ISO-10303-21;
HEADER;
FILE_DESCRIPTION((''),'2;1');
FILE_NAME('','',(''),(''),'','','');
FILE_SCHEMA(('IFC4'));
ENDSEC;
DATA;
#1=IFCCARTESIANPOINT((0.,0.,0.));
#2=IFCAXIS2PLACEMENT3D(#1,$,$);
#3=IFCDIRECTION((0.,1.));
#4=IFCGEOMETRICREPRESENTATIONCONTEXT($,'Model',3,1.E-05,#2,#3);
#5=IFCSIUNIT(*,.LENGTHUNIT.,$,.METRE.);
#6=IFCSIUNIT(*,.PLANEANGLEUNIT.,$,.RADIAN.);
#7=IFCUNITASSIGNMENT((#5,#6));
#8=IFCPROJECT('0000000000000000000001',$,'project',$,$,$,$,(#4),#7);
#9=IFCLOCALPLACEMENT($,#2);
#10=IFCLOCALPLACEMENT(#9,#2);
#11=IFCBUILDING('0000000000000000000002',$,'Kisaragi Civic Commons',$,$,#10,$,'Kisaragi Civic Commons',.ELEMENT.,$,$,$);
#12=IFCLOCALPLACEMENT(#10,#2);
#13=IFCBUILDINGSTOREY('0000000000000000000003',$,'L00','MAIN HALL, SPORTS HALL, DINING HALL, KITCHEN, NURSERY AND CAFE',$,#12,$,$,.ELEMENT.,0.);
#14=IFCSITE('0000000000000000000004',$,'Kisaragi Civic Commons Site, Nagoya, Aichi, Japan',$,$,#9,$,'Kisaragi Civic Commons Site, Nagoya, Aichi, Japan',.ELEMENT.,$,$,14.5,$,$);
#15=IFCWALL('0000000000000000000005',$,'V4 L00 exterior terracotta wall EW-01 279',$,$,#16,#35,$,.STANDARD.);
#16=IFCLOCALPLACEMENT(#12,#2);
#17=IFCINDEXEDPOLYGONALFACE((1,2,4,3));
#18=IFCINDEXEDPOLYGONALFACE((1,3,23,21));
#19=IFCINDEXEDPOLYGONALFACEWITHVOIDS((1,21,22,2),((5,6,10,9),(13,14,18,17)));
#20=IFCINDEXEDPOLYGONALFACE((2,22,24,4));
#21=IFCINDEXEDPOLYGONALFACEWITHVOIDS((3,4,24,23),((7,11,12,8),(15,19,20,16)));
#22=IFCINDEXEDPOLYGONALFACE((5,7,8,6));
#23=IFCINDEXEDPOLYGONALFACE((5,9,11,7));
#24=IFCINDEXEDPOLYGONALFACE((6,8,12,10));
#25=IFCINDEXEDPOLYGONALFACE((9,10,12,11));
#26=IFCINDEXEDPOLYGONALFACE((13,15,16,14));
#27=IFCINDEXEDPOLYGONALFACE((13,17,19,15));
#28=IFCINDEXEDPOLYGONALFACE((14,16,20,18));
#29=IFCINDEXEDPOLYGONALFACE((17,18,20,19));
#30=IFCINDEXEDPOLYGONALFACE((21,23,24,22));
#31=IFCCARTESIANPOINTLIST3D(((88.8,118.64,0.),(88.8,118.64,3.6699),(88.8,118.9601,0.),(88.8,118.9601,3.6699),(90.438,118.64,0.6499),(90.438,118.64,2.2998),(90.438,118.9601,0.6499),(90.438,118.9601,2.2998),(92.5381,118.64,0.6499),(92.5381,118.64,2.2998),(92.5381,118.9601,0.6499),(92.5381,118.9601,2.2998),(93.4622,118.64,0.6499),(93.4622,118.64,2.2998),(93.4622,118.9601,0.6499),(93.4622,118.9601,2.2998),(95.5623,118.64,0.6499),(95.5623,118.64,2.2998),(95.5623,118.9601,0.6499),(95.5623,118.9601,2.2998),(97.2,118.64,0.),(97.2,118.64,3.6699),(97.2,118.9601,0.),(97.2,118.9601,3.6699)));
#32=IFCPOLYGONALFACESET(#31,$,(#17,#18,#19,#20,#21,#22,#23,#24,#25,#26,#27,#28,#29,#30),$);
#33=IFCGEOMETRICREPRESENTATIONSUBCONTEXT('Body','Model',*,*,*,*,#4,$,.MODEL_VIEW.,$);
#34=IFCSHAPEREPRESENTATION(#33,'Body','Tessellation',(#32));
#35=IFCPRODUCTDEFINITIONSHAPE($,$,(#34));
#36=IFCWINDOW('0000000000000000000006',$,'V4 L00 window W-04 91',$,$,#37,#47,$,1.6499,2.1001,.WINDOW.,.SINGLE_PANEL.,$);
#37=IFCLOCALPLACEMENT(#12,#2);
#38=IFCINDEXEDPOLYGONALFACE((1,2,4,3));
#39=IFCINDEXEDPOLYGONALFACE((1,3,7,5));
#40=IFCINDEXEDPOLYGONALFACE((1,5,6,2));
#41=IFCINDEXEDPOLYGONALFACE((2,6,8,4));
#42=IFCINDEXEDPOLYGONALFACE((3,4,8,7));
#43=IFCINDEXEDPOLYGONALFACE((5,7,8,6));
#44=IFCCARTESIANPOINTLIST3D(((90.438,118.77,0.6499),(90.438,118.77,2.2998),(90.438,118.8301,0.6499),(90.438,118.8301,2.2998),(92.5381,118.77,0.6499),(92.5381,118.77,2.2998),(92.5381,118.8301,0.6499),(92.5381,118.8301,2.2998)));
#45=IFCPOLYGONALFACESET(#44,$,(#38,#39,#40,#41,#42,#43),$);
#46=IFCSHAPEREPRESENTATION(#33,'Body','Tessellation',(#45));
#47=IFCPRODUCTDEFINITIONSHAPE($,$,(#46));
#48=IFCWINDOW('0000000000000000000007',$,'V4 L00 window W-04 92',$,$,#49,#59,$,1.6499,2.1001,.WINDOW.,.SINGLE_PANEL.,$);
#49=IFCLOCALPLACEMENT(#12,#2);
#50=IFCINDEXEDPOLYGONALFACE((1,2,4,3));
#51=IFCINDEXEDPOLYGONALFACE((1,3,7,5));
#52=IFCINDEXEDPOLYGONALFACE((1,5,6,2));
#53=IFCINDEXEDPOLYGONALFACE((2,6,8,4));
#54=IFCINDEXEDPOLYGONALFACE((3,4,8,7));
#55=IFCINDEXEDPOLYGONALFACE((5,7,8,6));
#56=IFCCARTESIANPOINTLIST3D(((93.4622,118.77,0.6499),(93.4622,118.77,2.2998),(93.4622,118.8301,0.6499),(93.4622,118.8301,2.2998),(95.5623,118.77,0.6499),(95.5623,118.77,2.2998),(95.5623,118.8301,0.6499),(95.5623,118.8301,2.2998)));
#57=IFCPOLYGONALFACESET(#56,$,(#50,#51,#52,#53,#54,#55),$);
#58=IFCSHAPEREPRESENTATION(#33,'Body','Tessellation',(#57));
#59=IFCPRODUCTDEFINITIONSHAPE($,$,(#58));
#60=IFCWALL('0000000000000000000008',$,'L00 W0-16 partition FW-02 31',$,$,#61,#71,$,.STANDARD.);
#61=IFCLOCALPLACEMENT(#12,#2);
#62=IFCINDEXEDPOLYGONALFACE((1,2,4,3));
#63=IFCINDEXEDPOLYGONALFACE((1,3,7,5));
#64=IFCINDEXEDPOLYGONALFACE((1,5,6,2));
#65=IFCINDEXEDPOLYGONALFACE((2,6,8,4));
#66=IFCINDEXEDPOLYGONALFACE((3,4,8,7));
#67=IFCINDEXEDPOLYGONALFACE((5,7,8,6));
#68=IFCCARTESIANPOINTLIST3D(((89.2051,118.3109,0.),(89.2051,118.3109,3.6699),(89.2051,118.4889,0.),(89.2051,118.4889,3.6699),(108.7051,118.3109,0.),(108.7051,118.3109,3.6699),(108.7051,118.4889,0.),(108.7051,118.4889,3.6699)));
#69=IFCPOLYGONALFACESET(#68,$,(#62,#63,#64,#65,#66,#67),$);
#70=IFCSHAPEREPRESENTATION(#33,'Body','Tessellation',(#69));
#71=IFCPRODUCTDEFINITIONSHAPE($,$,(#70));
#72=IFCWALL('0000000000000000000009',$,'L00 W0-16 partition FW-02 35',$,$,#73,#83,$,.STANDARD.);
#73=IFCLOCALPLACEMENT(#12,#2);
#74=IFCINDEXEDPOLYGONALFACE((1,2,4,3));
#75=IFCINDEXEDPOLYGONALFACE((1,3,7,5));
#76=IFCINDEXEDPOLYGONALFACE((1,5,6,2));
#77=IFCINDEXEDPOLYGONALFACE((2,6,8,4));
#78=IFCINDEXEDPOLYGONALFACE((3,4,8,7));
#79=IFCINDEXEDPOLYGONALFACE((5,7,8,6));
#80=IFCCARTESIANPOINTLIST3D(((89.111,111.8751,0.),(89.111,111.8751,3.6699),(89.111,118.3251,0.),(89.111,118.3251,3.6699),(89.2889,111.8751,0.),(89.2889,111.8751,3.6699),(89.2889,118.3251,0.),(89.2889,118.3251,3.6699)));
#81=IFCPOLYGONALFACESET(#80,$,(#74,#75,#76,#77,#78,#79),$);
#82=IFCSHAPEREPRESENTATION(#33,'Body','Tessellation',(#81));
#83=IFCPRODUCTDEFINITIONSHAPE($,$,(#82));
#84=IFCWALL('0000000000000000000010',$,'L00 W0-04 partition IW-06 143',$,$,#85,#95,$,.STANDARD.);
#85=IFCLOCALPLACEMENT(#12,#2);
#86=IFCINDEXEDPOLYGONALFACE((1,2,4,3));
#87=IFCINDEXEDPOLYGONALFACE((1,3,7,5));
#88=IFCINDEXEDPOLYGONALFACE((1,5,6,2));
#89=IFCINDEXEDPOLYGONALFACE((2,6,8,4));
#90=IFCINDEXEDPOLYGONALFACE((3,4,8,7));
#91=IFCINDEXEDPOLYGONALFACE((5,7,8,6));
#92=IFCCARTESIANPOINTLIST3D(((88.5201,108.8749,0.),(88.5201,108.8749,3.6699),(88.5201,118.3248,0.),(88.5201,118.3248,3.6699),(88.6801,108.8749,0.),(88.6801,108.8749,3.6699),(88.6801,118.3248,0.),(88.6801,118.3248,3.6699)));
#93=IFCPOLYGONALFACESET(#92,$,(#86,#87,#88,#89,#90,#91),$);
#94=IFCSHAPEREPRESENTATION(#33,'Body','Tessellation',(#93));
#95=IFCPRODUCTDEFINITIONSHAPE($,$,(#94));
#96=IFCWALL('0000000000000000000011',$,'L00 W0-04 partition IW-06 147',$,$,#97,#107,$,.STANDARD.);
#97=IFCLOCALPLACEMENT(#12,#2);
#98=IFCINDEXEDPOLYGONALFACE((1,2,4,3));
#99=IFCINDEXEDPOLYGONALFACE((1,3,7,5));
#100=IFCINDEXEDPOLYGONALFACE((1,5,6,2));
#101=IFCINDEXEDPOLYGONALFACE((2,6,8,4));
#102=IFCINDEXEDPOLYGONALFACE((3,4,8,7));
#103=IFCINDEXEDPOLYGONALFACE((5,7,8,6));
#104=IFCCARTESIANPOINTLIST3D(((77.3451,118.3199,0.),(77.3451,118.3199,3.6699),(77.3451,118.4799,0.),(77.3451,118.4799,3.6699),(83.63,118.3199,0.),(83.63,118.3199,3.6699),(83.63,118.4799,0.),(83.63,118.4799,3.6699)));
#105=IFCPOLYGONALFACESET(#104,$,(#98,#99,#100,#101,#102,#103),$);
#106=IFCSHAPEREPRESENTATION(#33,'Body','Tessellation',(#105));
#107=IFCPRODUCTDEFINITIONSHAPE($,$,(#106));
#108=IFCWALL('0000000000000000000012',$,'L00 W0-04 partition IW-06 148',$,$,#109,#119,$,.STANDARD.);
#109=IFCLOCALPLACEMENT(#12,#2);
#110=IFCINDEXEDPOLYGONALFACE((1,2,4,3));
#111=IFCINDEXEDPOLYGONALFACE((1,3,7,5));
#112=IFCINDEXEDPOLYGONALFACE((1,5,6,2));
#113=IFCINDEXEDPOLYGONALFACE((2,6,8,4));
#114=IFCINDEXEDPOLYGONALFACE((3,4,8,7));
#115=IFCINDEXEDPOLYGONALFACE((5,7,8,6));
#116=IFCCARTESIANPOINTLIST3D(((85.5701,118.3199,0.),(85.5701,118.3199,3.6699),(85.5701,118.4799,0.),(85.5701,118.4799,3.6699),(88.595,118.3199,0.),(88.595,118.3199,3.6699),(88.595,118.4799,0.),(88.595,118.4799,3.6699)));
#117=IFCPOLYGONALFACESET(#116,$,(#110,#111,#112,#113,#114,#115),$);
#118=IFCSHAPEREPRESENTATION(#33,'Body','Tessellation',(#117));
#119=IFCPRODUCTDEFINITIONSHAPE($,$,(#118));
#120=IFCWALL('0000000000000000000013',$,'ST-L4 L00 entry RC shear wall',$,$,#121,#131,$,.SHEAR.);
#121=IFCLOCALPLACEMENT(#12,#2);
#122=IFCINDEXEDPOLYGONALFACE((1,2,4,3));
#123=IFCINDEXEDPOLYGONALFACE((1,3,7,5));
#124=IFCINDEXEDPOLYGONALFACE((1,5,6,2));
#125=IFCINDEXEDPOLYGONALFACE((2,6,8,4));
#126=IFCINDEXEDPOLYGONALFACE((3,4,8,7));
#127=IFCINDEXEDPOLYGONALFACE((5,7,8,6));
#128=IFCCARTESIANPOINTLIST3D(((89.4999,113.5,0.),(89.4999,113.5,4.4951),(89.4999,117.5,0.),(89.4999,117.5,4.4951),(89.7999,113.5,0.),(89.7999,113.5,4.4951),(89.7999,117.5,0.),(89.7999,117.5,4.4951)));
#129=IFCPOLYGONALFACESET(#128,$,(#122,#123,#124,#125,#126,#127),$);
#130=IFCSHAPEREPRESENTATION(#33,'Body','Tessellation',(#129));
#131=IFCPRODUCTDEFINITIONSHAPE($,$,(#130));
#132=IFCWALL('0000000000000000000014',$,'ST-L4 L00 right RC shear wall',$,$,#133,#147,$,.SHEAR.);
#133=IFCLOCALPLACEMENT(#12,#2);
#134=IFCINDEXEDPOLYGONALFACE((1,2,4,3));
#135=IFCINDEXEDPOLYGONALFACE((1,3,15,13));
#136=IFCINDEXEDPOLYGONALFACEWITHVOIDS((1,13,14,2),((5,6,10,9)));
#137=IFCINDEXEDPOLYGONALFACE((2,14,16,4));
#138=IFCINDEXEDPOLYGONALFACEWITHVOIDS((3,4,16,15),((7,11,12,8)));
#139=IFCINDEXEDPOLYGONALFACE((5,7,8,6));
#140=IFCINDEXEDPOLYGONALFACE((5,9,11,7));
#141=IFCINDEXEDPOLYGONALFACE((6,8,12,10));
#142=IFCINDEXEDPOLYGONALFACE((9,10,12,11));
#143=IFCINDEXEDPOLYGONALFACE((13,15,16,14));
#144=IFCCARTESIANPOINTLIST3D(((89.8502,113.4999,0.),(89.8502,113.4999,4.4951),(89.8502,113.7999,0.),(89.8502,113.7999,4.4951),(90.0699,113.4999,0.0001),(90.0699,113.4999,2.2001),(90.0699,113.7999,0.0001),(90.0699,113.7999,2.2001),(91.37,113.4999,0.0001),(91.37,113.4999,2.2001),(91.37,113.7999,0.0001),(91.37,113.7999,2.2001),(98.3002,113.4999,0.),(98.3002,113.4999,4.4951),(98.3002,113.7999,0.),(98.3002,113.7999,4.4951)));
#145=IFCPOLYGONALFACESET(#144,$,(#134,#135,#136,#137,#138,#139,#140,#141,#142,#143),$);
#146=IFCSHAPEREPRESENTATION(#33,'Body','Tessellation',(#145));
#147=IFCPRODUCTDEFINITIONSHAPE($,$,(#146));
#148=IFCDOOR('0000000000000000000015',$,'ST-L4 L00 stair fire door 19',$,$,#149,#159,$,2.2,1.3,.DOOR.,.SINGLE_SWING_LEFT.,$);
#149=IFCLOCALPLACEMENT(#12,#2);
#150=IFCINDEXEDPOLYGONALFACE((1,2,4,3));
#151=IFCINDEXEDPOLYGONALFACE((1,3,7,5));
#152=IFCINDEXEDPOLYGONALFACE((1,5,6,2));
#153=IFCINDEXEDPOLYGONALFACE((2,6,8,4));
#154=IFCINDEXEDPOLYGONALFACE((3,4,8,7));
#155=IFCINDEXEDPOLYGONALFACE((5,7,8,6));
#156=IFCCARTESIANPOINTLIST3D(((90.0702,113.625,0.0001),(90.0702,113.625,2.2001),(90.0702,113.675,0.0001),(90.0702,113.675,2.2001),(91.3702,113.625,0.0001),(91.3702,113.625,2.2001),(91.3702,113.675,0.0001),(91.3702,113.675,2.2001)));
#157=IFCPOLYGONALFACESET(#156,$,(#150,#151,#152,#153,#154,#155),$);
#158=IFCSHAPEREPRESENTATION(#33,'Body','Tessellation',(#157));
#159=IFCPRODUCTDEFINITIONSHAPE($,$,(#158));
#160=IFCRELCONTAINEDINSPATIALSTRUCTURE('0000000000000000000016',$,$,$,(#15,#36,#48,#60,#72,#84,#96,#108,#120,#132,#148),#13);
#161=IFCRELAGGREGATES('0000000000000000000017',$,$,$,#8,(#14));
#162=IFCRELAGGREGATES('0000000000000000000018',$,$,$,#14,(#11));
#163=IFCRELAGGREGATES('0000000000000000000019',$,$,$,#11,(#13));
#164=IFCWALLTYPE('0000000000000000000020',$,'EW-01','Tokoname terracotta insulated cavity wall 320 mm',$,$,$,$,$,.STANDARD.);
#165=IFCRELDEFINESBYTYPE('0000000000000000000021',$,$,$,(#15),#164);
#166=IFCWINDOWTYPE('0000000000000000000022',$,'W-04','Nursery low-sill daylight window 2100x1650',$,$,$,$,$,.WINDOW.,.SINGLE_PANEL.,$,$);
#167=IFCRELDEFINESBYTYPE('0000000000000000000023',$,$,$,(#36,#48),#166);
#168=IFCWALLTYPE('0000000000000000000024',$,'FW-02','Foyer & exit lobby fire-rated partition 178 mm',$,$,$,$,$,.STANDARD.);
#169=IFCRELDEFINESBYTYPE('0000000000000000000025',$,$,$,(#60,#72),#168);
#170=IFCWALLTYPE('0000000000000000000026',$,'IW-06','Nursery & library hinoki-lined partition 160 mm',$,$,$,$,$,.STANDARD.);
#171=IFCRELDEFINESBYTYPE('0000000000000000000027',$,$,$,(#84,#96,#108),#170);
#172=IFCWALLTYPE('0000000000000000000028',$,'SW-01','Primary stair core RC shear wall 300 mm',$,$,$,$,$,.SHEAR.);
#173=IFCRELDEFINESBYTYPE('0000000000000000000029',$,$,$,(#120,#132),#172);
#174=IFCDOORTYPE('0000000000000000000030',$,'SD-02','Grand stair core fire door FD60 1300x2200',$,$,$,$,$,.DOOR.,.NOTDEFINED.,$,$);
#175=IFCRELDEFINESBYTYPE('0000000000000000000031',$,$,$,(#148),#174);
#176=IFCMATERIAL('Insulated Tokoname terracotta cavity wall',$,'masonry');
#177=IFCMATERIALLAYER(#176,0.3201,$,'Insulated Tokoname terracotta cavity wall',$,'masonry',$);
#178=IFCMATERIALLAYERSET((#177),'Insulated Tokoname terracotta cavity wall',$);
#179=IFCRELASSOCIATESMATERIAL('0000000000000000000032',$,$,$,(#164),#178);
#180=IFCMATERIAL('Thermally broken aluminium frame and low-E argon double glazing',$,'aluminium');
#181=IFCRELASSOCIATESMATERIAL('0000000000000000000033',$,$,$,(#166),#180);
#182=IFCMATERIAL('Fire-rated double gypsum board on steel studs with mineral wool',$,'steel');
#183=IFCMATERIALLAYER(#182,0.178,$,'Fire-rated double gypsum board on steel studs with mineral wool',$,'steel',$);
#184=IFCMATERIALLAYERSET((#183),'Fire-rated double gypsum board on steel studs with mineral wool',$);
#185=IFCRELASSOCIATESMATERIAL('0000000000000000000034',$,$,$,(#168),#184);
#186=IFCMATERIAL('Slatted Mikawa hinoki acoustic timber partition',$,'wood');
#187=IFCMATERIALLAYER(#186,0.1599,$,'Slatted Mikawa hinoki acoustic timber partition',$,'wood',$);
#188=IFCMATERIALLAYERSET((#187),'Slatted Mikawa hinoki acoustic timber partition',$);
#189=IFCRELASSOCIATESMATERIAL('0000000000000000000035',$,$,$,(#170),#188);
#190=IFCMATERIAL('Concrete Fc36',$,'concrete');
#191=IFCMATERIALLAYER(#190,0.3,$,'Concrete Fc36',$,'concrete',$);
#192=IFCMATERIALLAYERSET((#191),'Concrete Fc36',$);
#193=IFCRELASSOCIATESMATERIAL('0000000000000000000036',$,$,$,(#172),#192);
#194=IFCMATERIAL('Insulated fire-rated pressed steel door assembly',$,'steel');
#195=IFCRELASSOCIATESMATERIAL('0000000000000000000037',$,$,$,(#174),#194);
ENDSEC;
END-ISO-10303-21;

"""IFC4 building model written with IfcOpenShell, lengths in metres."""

from ifc_helpers import new_model, si_unit, direction, frame, frame_2d, origin, place, context, subcontext, project, spatial, rectangle, extrude, material, layer, layer_set, type_object, element, fill, save


model = new_model("IFC4")

# Units and contexts
model_context = context("Model", 3, precision=1e-05, world=origin(), true_north=direction((0.0, 1.0)))
body_context = subcontext(model_context, "Body", "Model", "MODEL_VIEW")
ifc_project = project(units=[si_unit("LENGTHUNIT", "METRE"), si_unit("PLANEANGLEUNIT", "RADIAN")], contexts=[model_context])

# Site, building, storey
site_placement = place(None, origin())
site = spatial("IfcSite", under=ifc_project, at=site_placement, Name="Kisaragi Civic Commons Site, Nagoya, Aichi, Japan", LongName="Kisaragi Civic Commons Site, Nagoya, Aichi, Japan", CompositionType="ELEMENT", RefElevation=14.5)
building_placement = place(site_placement, origin())
building = spatial("IfcBuilding", under=site, at=building_placement, Name="Kisaragi Civic Commons", LongName="Kisaragi Civic Commons", CompositionType="ELEMENT")
storey_placement = place(building_placement, origin())
storey = spatial("IfcBuildingStorey", under=building, at=storey_placement, Name="L00", Description="MAIN HALL, SPORTS HALL, DINING HALL, KITCHEN, NURSERY AND CAFE", CompositionType="ELEMENT", Elevation=0.0)

# Shared definitions
ifc_material_1 = material(Name="Concrete Fc36", Category="concrete")

# Shared definitions
ifc_material_2 = material(Name="Insulated Tokoname terracotta cavity wall", Category="masonry")
ifc_layer_1 = layer(ifc_material_2, 0.3201, Name="Insulated Tokoname terracotta cavity wall", Category="masonry")
ifc_layer_set_1 = layer_set([ifc_layer_1], Name="Insulated Tokoname terracotta cavity wall")
wall_type_1 = type_object("IfcWallType", Name="EW-01", Description="Tokoname terracotta insulated cavity wall 320 mm", PredefinedType="STANDARD", material=ifc_layer_set_1)

# Wall, openings, windows
wall_1_placement = place(storey_placement, frame((88.8, 118.8, 0.0), z_axis=(0.0, 0.0, 1.0), x_axis=(1.0, 0.0, 0.0)))
wall_1 = element("IfcWall", 1, at=wall_1_placement, inside=storey, type_object=wall_type_1, Name="V4 L00 exterior terracotta wall EW-01 279", PredefinedType="STANDARD", context=body_context, shape_type="SweptSolid", body=[
    extrude(rectangle(XDim=8.3999, YDim=0.3201, at=frame_2d((4.2, 0.0))), origin(), (0.0, 0.0, 1.0), 3.6699),
])
opening_1_placement = place(wall_1_placement, frame((1.6379, 0.0, 0.6499)))
opening_1 = element("IfcOpeningElement", 2, at=opening_1_placement, cuts=wall_1, PredefinedType="OPENING", context=body_context, shape_type="SweptSolid", body=[
    extrude(rectangle(XDim=2.1001, YDim=1.6499, at=frame_2d((1.05, 0.825))), frame((0.0, 0.1699, 0.0), z_axis=(0.0, -1.0, 0.0), x_axis=(1.0, 0.0, 0.0)), (0.0, 0.0, 1.0), 0.3401),
])
opening_2_placement = place(wall_1_placement, frame((4.6621, 0.0, 0.6499)))
opening_2 = element("IfcOpeningElement", 3, at=opening_2_placement, cuts=wall_1, PredefinedType="OPENING", context=body_context, shape_type="SweptSolid", body=[
    extrude(rectangle(XDim=2.1001, YDim=1.6499, at=frame_2d((1.05, 0.825))), frame((0.0, 0.1699, 0.0), z_axis=(0.0, -1.0, 0.0), x_axis=(1.0, 0.0, 0.0)), (0.0, 0.0, 1.0), 0.3401),
])
ifc_material_3 = material(Name="Thermally broken aluminium frame and low-E argon double glazing", Category="aluminium")
window_type = type_object("IfcWindowType", Name="W-04", Description="Nursery low-sill daylight window 2100x1650", PartitioningType="SINGLE_PANEL", PredefinedType="WINDOW", material=ifc_material_3)
window_1_placement = place(opening_1_placement, origin())
window_1 = element("IfcWindow", 4, at=window_1_placement, inside=storey, type_object=window_type, Name="V4 L00 window W-04 91", OverallHeight=1.6499, OverallWidth=2.1001, PartitioningType="SINGLE_PANEL", PredefinedType="WINDOW", context=body_context, shape_type="SweptSolid", body=[
    extrude(rectangle(XDim=2.1001, YDim=1.6499, at=frame_2d((1.05, 0.825))), frame((0.0, 0.03, 0.0), z_axis=(0.0, -1.0, 0.0), x_axis=(1.0, 0.0, 0.0)), (0.0, 0.0, 1.0), 0.0601),
])
fill(opening_1, window_1)
window_2_placement = place(opening_2_placement, origin())
window_2 = element("IfcWindow", 5, at=window_2_placement, inside=storey, type_object=window_type, Name="V4 L00 window W-04 92", OverallHeight=1.6499, OverallWidth=2.1001, PartitioningType="SINGLE_PANEL", PredefinedType="WINDOW", context=body_context, shape_type="SweptSolid", body=[
    extrude(rectangle(XDim=2.1001, YDim=1.6499, at=frame_2d((1.05, 0.825))), frame((0.0, 0.03, 0.0), z_axis=(0.0, -1.0, 0.0), x_axis=(1.0, 0.0, 0.0)), (0.0, 0.0, 1.0), 0.0601),
])
fill(opening_2, window_2)

# Walls
ifc_material_4 = material(Name="Fire-rated double gypsum board on steel studs with mineral wool", Category="steel")
ifc_layer_2 = layer(ifc_material_4, 0.178, Name="Fire-rated double gypsum board on steel studs with mineral wool", Category="steel")
ifc_layer_set_2 = layer_set([ifc_layer_2], Name="Fire-rated double gypsum board on steel studs with mineral wool")
wall_type_2 = type_object("IfcWallType", Name="FW-02", Description="Foyer & exit lobby fire-rated partition 178 mm", PredefinedType="STANDARD", material=ifc_layer_set_2)
wall_2_placement = place(storey_placement, frame((89.2051, 118.3999, 0.0), z_axis=(0.0, 0.0, 1.0), x_axis=(1.0, 0.0, 0.0)))
element("IfcWall", 6, at=wall_2_placement, inside=storey, type_object=wall_type_2, Name="L00 W0-16 partition FW-02 31", PredefinedType="STANDARD", context=body_context, shape_type="SweptSolid", body=[
    extrude(rectangle(XDim=19.5, YDim=0.178, at=frame_2d((9.75, 0.0))), origin(), (0.0, 0.0, 1.0), 3.6699),
])
wall_3_placement = place(storey_placement, frame((89.2, 111.875, 0.0), z_axis=(0.0, 0.0, 1.0), x_axis=(0.0, 1.0, 0.0)))
element("IfcWall", 7, at=wall_3_placement, inside=storey, type_object=wall_type_2, Name="L00 W0-16 partition FW-02 35", PredefinedType="STANDARD", context=body_context, shape_type="SweptSolid", body=[
    extrude(rectangle(XDim=6.45, YDim=0.178, at=frame_2d((3.2251, 0.0))), origin(), (0.0, 0.0, 1.0), 3.6699),
])
ifc_material_5 = material(Name="Slatted Mikawa hinoki acoustic timber partition", Category="wood")
ifc_layer_3 = layer(ifc_material_5, 0.1599, Name="Slatted Mikawa hinoki acoustic timber partition", Category="wood")
ifc_layer_set_3 = layer_set([ifc_layer_3], Name="Slatted Mikawa hinoki acoustic timber partition")
wall_type_3 = type_object("IfcWallType", Name="IW-06", Description="Nursery & library hinoki-lined partition 160 mm", PredefinedType="STANDARD", material=ifc_layer_set_3)
wall_4_placement = place(storey_placement, frame((88.6001, 118.325, 0.0), z_axis=(0.0, 0.0, 1.0), x_axis=(0.0, -1.0, 0.0)))
element("IfcWall", 8, at=wall_4_placement, inside=storey, type_object=wall_type_3, Name="L00 W0-04 partition IW-06 143", PredefinedType="STANDARD", context=body_context, shape_type="SweptSolid", body=[
    extrude(rectangle(XDim=9.45, YDim=0.1599, at=frame_2d((4.7251, 0.0))), origin(), (0.0, 0.0, 1.0), 3.6699),
])
wall_5_placement = place(storey_placement, frame((77.345, 118.3999, 0.0), z_axis=(0.0, 0.0, 1.0), x_axis=(1.0, 0.0, 0.0)))
element("IfcWall", 9, at=wall_5_placement, inside=storey, type_object=wall_type_3, Name="L00 W0-04 partition IW-06 147", PredefinedType="STANDARD", context=body_context, shape_type="SweptSolid", body=[
    extrude(rectangle(XDim=6.2849, YDim=0.1599, at=frame_2d((3.1426, 0.0))), origin(), (0.0, 0.0, 1.0), 3.6699),
])
wall_6_placement = place(storey_placement, frame((85.5701, 118.3999, 0.0), z_axis=(0.0, 0.0, 1.0), x_axis=(1.0, 0.0, 0.0)))
element("IfcWall", 10, at=wall_6_placement, inside=storey, type_object=wall_type_3, Name="L00 W0-04 partition IW-06 148", PredefinedType="STANDARD", context=body_context, shape_type="SweptSolid", body=[
    extrude(rectangle(XDim=3.0249, YDim=0.1599, at=frame_2d((1.5125, 0.0))), origin(), (0.0, 0.0, 1.0), 3.6699),
])
ifc_layer_4 = layer(ifc_material_1, 0.3, Name="Concrete Fc36", Category="concrete")
ifc_layer_set_4 = layer_set([ifc_layer_4], Name="Concrete Fc36")
wall_type_4 = type_object("IfcWallType", Name="SW-01", Description="Primary stair core RC shear wall 300 mm", PredefinedType="SHEAR", material=ifc_layer_set_4)
wall_7_placement = place(storey_placement, frame((89.6499, 117.5, 0.0), z_axis=(0.0, 0.0, 1.0), x_axis=(0.0, -1.0, 0.0)))
element("IfcWall", 11, at=wall_7_placement, inside=storey, type_object=wall_type_4, Name="ST-L4 L00 entry RC shear wall", PredefinedType="SHEAR", context=body_context, shape_type="SweptSolid", body=[
    extrude(rectangle(XDim=4.0, YDim=0.3, at=frame_2d((2.0, 0.0))), origin(), (0.0, 0.0, 1.0), 4.4951),
])

# Wall, opening, door
wall_8_placement = place(storey_placement, frame((89.8501, 113.6499, 0.0), z_axis=(0.0, 0.0, 1.0), x_axis=(1.0, 0.0, 0.0)))
wall_8 = element("IfcWall", 12, at=wall_8_placement, inside=storey, type_object=wall_type_4, Name="ST-L4 L00 right RC shear wall", PredefinedType="SHEAR", context=body_context, shape_type="SweptSolid", body=[
    extrude(rectangle(XDim=8.45, YDim=0.3, at=frame_2d((4.2251, 0.0))), origin(), (0.0, 0.0, 1.0), 4.4951),
])
opening_3_placement = place(wall_8_placement, frame((0.22, 0.0, 0.0)))
opening_3 = element("IfcOpeningElement", 13, at=opening_3_placement, cuts=wall_8, PredefinedType="OPENING", context=body_context, shape_type="SweptSolid", body=[
    extrude(rectangle(XDim=1.3, YDim=2.2, at=frame_2d((0.6499, 1.1001))), frame((0.0, 0.1599, 0.0), z_axis=(0.0, -1.0, 0.0), x_axis=(1.0, 0.0, 0.0)), (0.0, 0.0, 1.0), 0.3201),
])
ifc_material_6 = material(Name="Insulated fire-rated pressed steel door assembly", Category="steel")
door_type_1 = type_object("IfcDoorType", Name="SD-02", Description="Grand stair core fire door FD60 1300x2200", OperationType="NOTDEFINED", PredefinedType="DOOR", material=ifc_material_6)
door_1_placement = place(opening_3_placement, frame((1.3, 0.0, 0.0), z_axis=(0.0, 0.0, 1.0), x_axis=(-1.0, 0.0, 0.0)))
door_1 = element("IfcDoor", 14, at=door_1_placement, inside=storey, type_object=door_type_1, Name="ST-L4 L00 stair fire door 19", OperationType="SINGLE_SWING_LEFT", OverallHeight=2.2, OverallWidth=1.3, PredefinedType="DOOR", context=body_context, shape_type="SweptSolid", body=[
    extrude(rectangle(XDim=1.3, YDim=2.2, at=frame_2d((0.6499, 1.1001))), frame((0.0, 0.0249, 0.0), z_axis=(0.0, -1.0, 0.0), x_axis=(1.0, 0.0, 0.0)), (0.0, 0.0, 1.0), 0.05),
])
fill(opening_3, door_1)

save(model, "model.ifc")
